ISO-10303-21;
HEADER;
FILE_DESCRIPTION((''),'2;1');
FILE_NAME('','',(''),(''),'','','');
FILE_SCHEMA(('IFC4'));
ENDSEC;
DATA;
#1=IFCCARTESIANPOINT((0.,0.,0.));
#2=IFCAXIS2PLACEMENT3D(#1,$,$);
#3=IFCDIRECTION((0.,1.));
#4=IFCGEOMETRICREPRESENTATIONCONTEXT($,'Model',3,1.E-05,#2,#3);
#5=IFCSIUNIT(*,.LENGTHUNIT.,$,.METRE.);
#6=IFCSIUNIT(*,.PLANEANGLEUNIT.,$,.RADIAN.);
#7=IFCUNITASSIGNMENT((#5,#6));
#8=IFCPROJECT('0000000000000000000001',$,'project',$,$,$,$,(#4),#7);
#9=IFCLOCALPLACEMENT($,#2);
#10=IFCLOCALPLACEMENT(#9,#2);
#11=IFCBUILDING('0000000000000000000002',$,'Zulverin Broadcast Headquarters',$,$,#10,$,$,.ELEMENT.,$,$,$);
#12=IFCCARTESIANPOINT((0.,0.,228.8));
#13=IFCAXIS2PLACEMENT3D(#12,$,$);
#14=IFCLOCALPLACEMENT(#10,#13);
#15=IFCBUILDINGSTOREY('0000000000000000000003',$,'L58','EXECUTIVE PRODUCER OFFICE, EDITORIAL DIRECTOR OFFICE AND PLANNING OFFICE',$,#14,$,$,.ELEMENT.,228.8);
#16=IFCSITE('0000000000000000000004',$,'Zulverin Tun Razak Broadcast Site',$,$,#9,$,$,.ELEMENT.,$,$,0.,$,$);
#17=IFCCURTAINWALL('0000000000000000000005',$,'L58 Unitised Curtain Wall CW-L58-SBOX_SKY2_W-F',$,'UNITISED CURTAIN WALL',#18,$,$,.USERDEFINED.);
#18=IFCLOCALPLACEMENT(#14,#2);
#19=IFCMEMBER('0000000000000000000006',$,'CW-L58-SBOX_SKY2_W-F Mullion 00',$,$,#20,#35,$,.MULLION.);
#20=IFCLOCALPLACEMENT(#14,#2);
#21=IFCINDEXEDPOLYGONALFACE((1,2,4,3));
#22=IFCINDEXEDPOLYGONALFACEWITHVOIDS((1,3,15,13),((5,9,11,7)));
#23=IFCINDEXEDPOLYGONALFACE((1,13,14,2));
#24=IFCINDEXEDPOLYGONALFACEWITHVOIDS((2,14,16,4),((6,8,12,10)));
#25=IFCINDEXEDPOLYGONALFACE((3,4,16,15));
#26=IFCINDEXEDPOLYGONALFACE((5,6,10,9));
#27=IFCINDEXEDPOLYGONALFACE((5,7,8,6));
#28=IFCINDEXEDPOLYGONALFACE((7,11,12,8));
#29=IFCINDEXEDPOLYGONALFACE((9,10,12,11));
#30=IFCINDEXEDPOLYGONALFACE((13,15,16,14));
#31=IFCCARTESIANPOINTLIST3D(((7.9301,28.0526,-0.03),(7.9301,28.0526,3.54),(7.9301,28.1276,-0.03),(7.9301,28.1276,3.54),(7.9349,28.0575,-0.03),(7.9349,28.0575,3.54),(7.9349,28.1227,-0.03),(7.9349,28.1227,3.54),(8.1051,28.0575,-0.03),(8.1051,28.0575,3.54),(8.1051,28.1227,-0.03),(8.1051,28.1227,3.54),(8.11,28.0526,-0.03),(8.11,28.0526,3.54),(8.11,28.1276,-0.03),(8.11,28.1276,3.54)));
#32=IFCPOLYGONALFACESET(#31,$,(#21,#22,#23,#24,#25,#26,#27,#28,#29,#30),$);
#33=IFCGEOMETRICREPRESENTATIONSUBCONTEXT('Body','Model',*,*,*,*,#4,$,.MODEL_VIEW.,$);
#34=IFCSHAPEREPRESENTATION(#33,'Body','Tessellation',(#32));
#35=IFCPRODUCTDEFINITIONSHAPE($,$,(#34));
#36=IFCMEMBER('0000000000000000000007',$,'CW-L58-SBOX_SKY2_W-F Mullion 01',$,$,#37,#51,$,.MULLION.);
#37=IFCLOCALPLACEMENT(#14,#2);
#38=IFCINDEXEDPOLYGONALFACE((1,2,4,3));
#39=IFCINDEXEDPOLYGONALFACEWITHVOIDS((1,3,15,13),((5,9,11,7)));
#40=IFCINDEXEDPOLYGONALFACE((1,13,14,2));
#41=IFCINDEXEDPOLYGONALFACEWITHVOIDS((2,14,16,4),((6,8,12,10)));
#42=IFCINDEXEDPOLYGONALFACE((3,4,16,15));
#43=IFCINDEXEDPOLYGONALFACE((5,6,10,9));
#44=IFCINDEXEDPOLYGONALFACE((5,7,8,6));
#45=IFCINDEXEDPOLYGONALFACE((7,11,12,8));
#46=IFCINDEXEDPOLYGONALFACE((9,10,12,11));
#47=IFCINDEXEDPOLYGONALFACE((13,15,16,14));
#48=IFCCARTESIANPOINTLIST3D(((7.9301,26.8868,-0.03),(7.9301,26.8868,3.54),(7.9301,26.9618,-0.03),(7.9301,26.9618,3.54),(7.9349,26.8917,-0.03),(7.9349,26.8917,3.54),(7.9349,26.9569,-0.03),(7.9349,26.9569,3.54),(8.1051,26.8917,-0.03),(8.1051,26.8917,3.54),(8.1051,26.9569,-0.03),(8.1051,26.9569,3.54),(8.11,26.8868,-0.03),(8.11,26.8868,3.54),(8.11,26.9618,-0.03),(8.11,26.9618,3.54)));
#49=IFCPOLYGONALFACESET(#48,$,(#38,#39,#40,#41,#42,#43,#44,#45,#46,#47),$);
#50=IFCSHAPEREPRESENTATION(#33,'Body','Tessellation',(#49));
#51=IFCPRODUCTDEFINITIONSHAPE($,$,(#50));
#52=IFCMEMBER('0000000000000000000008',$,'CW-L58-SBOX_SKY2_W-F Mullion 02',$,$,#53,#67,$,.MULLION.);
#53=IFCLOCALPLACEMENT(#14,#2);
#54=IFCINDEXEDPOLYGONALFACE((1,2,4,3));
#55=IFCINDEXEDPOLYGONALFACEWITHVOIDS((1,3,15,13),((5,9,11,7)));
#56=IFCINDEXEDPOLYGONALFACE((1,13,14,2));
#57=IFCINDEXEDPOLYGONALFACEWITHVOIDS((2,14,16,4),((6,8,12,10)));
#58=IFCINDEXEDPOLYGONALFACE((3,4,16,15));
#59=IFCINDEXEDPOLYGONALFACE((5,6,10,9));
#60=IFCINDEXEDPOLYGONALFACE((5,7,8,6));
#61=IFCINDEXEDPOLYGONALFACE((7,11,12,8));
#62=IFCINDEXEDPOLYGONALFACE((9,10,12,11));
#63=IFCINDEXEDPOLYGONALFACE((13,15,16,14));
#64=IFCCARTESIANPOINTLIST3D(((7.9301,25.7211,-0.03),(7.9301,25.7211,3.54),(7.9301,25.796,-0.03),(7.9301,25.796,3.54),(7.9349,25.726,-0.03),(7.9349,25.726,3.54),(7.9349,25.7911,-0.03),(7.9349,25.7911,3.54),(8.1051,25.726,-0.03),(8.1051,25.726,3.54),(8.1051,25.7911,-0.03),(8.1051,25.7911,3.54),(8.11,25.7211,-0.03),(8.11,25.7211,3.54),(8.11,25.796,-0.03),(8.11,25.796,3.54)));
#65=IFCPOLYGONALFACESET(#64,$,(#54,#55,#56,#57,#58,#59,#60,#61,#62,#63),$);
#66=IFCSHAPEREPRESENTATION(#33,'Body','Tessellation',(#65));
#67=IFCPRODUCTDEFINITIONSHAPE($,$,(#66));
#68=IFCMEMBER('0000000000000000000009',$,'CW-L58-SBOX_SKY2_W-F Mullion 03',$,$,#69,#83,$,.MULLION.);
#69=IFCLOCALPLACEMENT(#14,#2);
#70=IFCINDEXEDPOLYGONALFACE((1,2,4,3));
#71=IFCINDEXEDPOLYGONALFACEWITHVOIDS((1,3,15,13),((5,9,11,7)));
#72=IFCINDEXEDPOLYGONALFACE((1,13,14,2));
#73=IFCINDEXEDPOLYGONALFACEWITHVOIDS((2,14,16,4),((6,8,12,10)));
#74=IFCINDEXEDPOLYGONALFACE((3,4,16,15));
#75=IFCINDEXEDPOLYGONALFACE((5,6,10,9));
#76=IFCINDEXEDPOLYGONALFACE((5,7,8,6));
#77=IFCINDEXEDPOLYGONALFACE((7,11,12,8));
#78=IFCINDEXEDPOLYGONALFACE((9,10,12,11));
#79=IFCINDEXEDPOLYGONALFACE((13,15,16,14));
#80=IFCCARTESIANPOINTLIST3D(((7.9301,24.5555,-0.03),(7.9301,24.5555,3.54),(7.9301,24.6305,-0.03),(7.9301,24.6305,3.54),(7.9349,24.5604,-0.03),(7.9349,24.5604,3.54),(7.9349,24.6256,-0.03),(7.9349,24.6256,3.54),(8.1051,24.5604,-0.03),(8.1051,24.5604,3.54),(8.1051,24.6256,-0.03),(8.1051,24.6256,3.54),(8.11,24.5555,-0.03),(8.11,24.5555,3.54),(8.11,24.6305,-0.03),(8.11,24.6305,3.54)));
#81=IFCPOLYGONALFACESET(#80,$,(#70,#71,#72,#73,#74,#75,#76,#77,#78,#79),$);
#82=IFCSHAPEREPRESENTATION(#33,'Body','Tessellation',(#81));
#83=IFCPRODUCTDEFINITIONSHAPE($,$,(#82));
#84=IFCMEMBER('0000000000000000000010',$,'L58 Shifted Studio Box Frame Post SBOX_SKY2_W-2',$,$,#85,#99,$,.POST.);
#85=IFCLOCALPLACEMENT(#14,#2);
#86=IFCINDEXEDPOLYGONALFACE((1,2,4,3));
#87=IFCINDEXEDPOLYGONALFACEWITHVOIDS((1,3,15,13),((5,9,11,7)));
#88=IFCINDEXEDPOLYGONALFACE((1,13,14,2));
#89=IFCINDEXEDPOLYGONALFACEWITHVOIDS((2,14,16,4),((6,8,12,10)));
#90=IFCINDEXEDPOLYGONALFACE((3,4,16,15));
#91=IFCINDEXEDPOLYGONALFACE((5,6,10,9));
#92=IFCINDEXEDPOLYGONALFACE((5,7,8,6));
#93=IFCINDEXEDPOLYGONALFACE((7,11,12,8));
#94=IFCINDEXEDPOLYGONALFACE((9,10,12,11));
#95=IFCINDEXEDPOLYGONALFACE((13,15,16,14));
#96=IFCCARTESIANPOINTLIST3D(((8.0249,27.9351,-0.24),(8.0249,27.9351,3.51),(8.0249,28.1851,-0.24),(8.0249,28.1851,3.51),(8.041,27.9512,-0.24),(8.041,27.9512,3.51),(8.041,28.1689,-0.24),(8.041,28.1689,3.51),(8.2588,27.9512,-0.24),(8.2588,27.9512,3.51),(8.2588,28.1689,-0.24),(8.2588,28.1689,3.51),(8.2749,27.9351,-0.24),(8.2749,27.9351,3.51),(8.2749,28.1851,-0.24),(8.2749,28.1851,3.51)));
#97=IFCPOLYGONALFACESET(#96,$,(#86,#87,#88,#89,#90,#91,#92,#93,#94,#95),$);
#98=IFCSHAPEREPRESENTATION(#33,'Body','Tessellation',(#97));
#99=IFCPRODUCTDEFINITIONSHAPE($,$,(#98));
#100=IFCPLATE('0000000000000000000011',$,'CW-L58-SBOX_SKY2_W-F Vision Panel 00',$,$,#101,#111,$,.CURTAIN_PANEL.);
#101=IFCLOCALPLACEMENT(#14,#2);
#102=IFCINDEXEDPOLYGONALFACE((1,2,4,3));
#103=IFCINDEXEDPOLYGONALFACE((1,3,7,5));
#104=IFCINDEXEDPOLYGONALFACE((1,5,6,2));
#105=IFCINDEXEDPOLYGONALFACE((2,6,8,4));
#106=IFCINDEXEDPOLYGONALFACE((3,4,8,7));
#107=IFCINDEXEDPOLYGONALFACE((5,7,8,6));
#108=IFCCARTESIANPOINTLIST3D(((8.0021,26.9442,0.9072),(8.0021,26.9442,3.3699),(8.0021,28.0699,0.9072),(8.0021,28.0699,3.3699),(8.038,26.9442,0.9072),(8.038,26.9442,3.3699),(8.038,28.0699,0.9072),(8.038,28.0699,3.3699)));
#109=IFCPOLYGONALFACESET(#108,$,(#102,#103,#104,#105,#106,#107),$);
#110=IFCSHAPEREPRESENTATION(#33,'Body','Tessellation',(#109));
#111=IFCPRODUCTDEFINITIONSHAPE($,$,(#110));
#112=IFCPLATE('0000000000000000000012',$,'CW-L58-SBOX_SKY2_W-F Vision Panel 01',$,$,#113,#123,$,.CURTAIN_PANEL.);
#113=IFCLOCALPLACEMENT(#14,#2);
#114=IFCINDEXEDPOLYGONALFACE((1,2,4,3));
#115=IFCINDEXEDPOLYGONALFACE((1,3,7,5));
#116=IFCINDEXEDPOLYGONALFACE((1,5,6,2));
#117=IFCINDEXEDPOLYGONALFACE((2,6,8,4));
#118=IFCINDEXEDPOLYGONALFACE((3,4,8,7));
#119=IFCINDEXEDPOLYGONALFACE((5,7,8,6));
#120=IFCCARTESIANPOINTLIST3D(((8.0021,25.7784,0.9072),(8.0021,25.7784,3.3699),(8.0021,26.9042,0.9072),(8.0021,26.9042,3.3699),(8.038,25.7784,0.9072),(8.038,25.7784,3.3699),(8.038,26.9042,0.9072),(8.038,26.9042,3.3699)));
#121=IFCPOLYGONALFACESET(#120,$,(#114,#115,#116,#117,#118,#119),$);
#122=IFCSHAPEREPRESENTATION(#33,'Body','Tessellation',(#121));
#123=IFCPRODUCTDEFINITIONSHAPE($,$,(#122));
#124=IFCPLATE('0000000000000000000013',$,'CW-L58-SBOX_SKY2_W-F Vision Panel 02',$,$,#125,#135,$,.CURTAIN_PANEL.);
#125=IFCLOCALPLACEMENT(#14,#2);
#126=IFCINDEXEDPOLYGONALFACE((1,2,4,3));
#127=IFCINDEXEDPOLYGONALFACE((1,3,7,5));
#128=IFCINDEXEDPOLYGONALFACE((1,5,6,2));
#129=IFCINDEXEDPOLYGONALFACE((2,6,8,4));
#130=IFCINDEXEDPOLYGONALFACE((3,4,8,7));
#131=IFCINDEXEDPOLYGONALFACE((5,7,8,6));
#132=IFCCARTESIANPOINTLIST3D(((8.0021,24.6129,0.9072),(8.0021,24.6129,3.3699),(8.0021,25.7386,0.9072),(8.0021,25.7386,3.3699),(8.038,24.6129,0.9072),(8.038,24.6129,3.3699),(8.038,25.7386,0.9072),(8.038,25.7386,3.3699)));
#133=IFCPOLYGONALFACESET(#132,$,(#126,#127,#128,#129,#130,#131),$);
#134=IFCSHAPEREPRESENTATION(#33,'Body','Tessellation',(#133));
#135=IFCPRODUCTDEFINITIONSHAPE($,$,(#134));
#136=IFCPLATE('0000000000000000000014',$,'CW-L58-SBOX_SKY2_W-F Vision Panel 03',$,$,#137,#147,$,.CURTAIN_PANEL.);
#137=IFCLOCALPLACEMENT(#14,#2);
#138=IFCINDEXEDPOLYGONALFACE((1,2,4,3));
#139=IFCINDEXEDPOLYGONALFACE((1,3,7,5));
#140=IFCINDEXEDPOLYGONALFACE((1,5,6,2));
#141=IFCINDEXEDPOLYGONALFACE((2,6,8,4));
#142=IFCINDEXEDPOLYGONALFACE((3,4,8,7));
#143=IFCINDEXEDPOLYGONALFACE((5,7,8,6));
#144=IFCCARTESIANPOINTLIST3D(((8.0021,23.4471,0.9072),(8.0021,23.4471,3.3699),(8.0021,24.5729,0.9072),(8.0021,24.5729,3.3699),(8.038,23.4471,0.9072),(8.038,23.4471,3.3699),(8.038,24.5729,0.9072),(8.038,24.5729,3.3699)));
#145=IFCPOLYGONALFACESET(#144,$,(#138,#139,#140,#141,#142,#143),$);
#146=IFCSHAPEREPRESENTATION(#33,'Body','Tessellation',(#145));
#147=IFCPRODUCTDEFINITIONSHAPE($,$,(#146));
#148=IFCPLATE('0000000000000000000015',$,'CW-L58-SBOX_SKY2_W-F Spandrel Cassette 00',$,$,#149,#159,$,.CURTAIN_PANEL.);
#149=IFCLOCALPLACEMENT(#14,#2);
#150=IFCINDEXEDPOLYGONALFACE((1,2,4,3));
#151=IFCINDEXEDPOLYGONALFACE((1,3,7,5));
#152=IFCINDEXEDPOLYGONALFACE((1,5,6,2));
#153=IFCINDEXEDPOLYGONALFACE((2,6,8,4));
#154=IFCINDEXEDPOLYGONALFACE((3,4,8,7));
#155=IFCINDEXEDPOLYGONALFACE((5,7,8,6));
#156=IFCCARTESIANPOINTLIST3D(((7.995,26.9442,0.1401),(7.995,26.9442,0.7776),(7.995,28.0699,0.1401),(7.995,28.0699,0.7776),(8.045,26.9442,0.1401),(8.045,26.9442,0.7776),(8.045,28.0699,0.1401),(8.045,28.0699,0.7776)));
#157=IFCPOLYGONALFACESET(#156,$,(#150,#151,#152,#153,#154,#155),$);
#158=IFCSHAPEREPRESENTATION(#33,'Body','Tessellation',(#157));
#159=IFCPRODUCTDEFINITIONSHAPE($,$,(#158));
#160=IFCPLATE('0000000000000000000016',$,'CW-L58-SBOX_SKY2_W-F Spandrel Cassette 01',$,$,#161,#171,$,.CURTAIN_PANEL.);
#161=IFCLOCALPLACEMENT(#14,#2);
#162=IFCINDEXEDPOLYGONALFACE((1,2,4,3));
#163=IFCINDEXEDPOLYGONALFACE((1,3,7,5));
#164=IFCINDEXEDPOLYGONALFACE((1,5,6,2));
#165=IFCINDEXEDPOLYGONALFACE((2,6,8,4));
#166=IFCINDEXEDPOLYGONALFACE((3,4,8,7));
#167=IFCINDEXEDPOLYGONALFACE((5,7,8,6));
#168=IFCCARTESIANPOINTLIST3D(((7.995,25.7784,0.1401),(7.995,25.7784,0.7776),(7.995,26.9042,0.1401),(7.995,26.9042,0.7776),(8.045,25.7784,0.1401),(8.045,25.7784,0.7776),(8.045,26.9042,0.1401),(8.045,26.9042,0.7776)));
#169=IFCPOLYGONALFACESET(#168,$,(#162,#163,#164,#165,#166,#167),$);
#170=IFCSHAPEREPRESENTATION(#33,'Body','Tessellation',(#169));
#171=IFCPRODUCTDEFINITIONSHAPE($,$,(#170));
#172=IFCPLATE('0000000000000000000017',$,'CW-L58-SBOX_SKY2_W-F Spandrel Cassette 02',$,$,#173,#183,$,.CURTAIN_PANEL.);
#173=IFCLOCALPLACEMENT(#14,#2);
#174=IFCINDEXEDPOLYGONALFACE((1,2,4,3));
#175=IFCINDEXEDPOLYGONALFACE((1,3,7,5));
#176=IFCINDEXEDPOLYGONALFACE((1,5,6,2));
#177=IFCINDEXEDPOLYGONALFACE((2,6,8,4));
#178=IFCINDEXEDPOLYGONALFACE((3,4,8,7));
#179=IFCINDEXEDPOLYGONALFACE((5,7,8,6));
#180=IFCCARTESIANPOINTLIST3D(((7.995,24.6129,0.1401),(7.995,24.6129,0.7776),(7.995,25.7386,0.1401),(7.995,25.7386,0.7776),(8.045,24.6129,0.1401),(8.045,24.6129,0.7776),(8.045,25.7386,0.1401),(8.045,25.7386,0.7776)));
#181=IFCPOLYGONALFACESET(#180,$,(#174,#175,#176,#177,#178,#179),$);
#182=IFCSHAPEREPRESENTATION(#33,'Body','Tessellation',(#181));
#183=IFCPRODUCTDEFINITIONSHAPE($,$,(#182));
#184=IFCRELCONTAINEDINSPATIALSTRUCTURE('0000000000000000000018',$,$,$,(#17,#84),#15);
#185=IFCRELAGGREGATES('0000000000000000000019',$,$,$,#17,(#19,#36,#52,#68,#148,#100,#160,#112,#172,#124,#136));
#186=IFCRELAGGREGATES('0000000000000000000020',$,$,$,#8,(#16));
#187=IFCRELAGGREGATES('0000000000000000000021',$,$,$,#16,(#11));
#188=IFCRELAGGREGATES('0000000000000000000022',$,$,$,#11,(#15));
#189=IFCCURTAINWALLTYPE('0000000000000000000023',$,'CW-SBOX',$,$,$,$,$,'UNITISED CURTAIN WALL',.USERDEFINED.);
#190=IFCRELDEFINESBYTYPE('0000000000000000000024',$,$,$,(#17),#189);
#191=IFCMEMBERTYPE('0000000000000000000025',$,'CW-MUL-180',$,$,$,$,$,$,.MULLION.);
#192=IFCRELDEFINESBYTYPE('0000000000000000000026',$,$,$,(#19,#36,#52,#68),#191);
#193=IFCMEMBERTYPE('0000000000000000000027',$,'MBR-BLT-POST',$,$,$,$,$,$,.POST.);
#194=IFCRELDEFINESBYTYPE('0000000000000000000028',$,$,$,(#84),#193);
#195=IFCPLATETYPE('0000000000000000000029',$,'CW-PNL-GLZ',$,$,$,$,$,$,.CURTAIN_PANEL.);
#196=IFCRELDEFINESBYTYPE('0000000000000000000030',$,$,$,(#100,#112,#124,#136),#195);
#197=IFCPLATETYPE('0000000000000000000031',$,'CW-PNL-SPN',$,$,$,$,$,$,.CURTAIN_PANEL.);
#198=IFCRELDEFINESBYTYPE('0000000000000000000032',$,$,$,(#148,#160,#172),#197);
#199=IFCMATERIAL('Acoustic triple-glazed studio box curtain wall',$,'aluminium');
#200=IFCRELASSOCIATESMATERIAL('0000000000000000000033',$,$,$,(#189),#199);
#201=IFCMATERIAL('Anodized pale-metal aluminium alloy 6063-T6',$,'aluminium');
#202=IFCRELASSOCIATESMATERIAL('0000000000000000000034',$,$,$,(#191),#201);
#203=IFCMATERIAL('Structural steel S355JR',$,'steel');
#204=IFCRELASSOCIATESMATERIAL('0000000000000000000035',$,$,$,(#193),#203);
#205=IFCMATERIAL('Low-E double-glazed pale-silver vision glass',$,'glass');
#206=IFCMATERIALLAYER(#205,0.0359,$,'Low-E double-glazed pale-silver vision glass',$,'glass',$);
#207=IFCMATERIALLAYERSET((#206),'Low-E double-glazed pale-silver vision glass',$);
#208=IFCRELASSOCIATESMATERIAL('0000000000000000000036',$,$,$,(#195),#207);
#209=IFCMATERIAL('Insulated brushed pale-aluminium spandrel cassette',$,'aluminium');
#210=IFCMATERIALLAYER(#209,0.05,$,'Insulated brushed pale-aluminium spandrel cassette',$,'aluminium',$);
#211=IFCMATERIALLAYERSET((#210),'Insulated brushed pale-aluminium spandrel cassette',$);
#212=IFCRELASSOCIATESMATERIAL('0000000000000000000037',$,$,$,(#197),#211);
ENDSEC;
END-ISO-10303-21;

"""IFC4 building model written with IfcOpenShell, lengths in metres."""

from ifc_helpers import new_model, si_unit, direction, frame, origin, origin_2d, place, context, subcontext, project, spatial, rectangle, hollow_rectangle, extrude, material, layer, layer_set, material_profile, profile_set, type_object, element, aggregate, save


model = new_model("IFC4")

# Units and contexts
model_context = context("Model", 3, precision=1e-05, world=origin(), true_north=direction((0.0, 1.0)))
body_context = subcontext(model_context, "Body", "Model", "MODEL_VIEW")
ifc_project = project(units=[si_unit("LENGTHUNIT", "METRE"), si_unit("PLANEANGLEUNIT", "RADIAN")], contexts=[model_context])

# Site, building, storey
site_placement = place(None, origin())
site = spatial("IfcSite", under=ifc_project, at=site_placement, Name="Zulverin Tun Razak Broadcast Site", CompositionType="ELEMENT", RefElevation=0.0)
building_placement = place(site_placement, origin())
building = spatial("IfcBuilding", under=site, at=building_placement, Name="Zulverin Broadcast Headquarters", CompositionType="ELEMENT")
storey_placement = place(building_placement, frame((0.0, 0.0, 228.8)))
storey = spatial("IfcBuildingStorey", under=building, at=storey_placement, Name="L58", Description="EXECUTIVE PRODUCER OFFICE, EDITORIAL DIRECTOR OFFICE AND PLANNING OFFICE", CompositionType="ELEMENT", Elevation=228.8)

# Curtain wall, members
ifc_material_1 = material(Name="Acoustic triple-glazed studio box curtain wall", Category="aluminium")
curtain_wall_type = type_object("IfcCurtainWallType", Name="CW-SBOX", ElementType="UNITISED CURTAIN WALL", PredefinedType="USERDEFINED", material=ifc_material_1)
curtain_wall_placement = place(storey_placement, origin())
curtain_wall = element("IfcCurtainWall", 1, at=curtain_wall_placement, inside=storey, type_object=curtain_wall_type, Name="L58 Unitised Curtain Wall CW-L58-SBOX_SKY2_W-F", ObjectType="UNITISED CURTAIN WALL", PredefinedType="USERDEFINED")
ifc_material_2 = material(Name="Anodized pale-metal aluminium alloy 6063-T6", Category="aluminium")
ifc_material_profile_1 = material_profile(ifc_material_2, hollow_rectangle(XDim=0.075, YDim=0.1799, WallThickness=0.0049, at=origin_2d()), Name="Anodized pale-metal aluminium alloy 6063-T6", Category="aluminium")
ifc_profile_set_1 = profile_set([ifc_material_profile_1], Name="Anodized pale-metal aluminium alloy 6063-T6")
member_type_1 = type_object("IfcMemberType", Name="CW-MUL-180", PredefinedType="MULLION", material=ifc_profile_set_1)
member_1_placement = place(storey_placement, frame((8.02, 28.0901, -0.03), z_axis=(0.0, 0.0, 1.0), x_axis=(0.0, -1.0, 0.0)))
member_1 = element("IfcMember", 2, at=member_1_placement, type_object=member_type_1, Name="CW-L58-SBOX_SKY2_W-F Mullion 00", PredefinedType="MULLION", context=body_context, shape_type="SweptSolid", body=[
    extrude(hollow_rectangle(XDim=0.075, YDim=0.1799, WallThickness=0.0049, at=origin_2d()), origin(), (0.0, 0.0, 1.0), 3.5701),
])
member_2_placement = place(storey_placement, frame((8.02, 26.9243, -0.03), z_axis=(0.0, 0.0, 1.0), x_axis=(0.0, -1.0, 0.0)))
member_2 = element("IfcMember", 3, at=member_2_placement, type_object=member_type_1, Name="CW-L58-SBOX_SKY2_W-F Mullion 01", PredefinedType="MULLION", context=body_context, shape_type="SweptSolid", body=[
    extrude(hollow_rectangle(XDim=0.075, YDim=0.1799, WallThickness=0.0049, at=origin_2d()), origin(), (0.0, 0.0, 1.0), 3.5701),
])
member_3_placement = place(storey_placement, frame((8.02, 25.7585, -0.03), z_axis=(0.0, 0.0, 1.0), x_axis=(0.0, -1.0, 0.0)))
member_3 = element("IfcMember", 4, at=member_3_placement, type_object=member_type_1, Name="CW-L58-SBOX_SKY2_W-F Mullion 02", PredefinedType="MULLION", context=body_context, shape_type="SweptSolid", body=[
    extrude(hollow_rectangle(XDim=0.075, YDim=0.1799, WallThickness=0.0049, at=origin_2d()), origin(), (0.0, 0.0, 1.0), 3.5701),
])
member_4_placement = place(storey_placement, frame((8.02, 24.593, -0.03), z_axis=(0.0, 0.0, 1.0), x_axis=(0.0, -1.0, 0.0)))
member_4 = element("IfcMember", 5, at=member_4_placement, type_object=member_type_1, Name="CW-L58-SBOX_SKY2_W-F Mullion 03", PredefinedType="MULLION", context=body_context, shape_type="SweptSolid", body=[
    extrude(hollow_rectangle(XDim=0.075, YDim=0.1799, WallThickness=0.0049, at=origin_2d()), origin(), (0.0, 0.0, 1.0), 3.5701),
])

# Member
ifc_material_3 = material(Name="Structural steel S355JR", Category="steel")
ifc_material_profile_2 = material_profile(ifc_material_3, hollow_rectangle(XDim=0.25, YDim=0.25, WallThickness=0.0161, at=origin_2d()), Name="Structural steel S355JR", Category="steel")
ifc_profile_set_2 = profile_set([ifc_material_profile_2], Name="Structural steel S355JR")
member_type_2 = type_object("IfcMemberType", Name="MBR-BLT-POST", PredefinedType="POST", material=ifc_profile_set_2)
member_5_placement = place(storey_placement, frame((8.1499, 28.0601, -0.24), z_axis=(0.0, 0.0, 1.0), x_axis=(1.0, 0.0, 0.0)))
element("IfcMember", 6, at=member_5_placement, inside=storey, type_object=member_type_2, Name="L58 Shifted Studio Box Frame Post SBOX_SKY2_W-2", PredefinedType="POST", context=body_context, shape_type="SweptSolid", body=[
    extrude(hollow_rectangle(XDim=0.25, YDim=0.25, WallThickness=0.0161, at=origin_2d()), origin(), (0.0, 0.0, 1.0), 3.75),
])

# Plates
ifc_material_4 = material(Name="Low-E double-glazed pale-silver vision glass", Category="glass")
ifc_layer_1 = layer(ifc_material_4, 0.0359, Name="Low-E double-glazed pale-silver vision glass", Category="glass")
ifc_layer_set_1 = layer_set([ifc_layer_1], Name="Low-E double-glazed pale-silver vision glass")
plate_type_1 = type_object("IfcPlateType", Name="CW-PNL-GLZ", PredefinedType="CURTAIN_PANEL", material=ifc_layer_set_1)
plate_1_placement = place(storey_placement, frame((8.02, 27.5071, 0.9072), z_axis=(0.0, 0.0, 1.0), x_axis=(0.0, -1.0, 0.0)))
plate_1 = element("IfcPlate", 7, at=plate_1_placement, type_object=plate_type_1, Name="CW-L58-SBOX_SKY2_W-F Vision Panel 00", PredefinedType="CURTAIN_PANEL", context=body_context, shape_type="SweptSolid", body=[
    extrude(rectangle(XDim=1.1257, YDim=0.0359, at=origin_2d()), origin(), (0.0, 0.0, 1.0), 2.4626),
])
plate_2_placement = place(storey_placement, frame((8.02, 26.3413, 0.9072), z_axis=(0.0, 0.0, 1.0), x_axis=(0.0, -1.0, 0.0)))
plate_2 = element("IfcPlate", 8, at=plate_2_placement, type_object=plate_type_1, Name="CW-L58-SBOX_SKY2_W-F Vision Panel 01", PredefinedType="CURTAIN_PANEL", context=body_context, shape_type="SweptSolid", body=[
    extrude(rectangle(XDim=1.1257, YDim=0.0359, at=origin_2d()), origin(), (0.0, 0.0, 1.0), 2.4626),
])
plate_3_placement = place(storey_placement, frame((8.02, 25.1758, 0.9072), z_axis=(0.0, 0.0, 1.0), x_axis=(0.0, -1.0, 0.0)))
plate_3 = element("IfcPlate", 9, at=plate_3_placement, type_object=plate_type_1, Name="CW-L58-SBOX_SKY2_W-F Vision Panel 02", PredefinedType="CURTAIN_PANEL", context=body_context, shape_type="SweptSolid", body=[
    extrude(rectangle(XDim=1.1257, YDim=0.0359, at=origin_2d()), origin(), (0.0, 0.0, 1.0), 2.4626),
])
plate_4_placement = place(storey_placement, frame((8.02, 24.01, 0.9072), z_axis=(0.0, 0.0, 1.0), x_axis=(0.0, -1.0, 0.0)))
plate_4 = element("IfcPlate", 10, at=plate_4_placement, type_object=plate_type_1, Name="CW-L58-SBOX_SKY2_W-F Vision Panel 03", PredefinedType="CURTAIN_PANEL", context=body_context, shape_type="SweptSolid", body=[
    extrude(rectangle(XDim=1.1257, YDim=0.0359, at=origin_2d()), origin(), (0.0, 0.0, 1.0), 2.4626),
])
ifc_material_5 = material(Name="Insulated brushed pale-aluminium spandrel cassette", Category="aluminium")
ifc_layer_2 = layer(ifc_material_5, 0.05, Name="Insulated brushed pale-aluminium spandrel cassette", Category="aluminium")
ifc_layer_set_2 = layer_set([ifc_layer_2], Name="Insulated brushed pale-aluminium spandrel cassette")
plate_type_2 = type_object("IfcPlateType", Name="CW-PNL-SPN", PredefinedType="CURTAIN_PANEL", material=ifc_layer_set_2)
plate_5_placement = place(storey_placement, frame((8.02, 27.5071, 0.1401), z_axis=(0.0, 0.0, 1.0), x_axis=(0.0, -1.0, 0.0)))
plate_5 = element("IfcPlate", 11, at=plate_5_placement, type_object=plate_type_2, Name="CW-L58-SBOX_SKY2_W-F Spandrel Cassette 00", PredefinedType="CURTAIN_PANEL", context=body_context, shape_type="SweptSolid", body=[
    extrude(rectangle(XDim=1.1257, YDim=0.05, at=origin_2d()), origin(), (0.0, 0.0, 1.0), 0.6375),
])
plate_6_placement = place(storey_placement, frame((8.02, 26.3413, 0.1401), z_axis=(0.0, 0.0, 1.0), x_axis=(0.0, -1.0, 0.0)))
plate_6 = element("IfcPlate", 12, at=plate_6_placement, type_object=plate_type_2, Name="CW-L58-SBOX_SKY2_W-F Spandrel Cassette 01", PredefinedType="CURTAIN_PANEL", context=body_context, shape_type="SweptSolid", body=[
    extrude(rectangle(XDim=1.1257, YDim=0.05, at=origin_2d()), origin(), (0.0, 0.0, 1.0), 0.6375),
])
plate_7_placement = place(storey_placement, frame((8.02, 25.1758, 0.1401), z_axis=(0.0, 0.0, 1.0), x_axis=(0.0, -1.0, 0.0)))
plate_7 = element("IfcPlate", 13, at=plate_7_placement, type_object=plate_type_2, Name="CW-L58-SBOX_SKY2_W-F Spandrel Cassette 02", PredefinedType="CURTAIN_PANEL", context=body_context, shape_type="SweptSolid", body=[
    extrude(rectangle(XDim=1.1257, YDim=0.05, at=origin_2d()), origin(), (0.0, 0.0, 1.0), 0.6375),
])
aggregate(curtain_wall, [member_1, member_2, member_3, member_4, plate_5, plate_1, plate_6, plate_2, plate_7, plate_3, plate_4])

save(model, "model.ifc")
